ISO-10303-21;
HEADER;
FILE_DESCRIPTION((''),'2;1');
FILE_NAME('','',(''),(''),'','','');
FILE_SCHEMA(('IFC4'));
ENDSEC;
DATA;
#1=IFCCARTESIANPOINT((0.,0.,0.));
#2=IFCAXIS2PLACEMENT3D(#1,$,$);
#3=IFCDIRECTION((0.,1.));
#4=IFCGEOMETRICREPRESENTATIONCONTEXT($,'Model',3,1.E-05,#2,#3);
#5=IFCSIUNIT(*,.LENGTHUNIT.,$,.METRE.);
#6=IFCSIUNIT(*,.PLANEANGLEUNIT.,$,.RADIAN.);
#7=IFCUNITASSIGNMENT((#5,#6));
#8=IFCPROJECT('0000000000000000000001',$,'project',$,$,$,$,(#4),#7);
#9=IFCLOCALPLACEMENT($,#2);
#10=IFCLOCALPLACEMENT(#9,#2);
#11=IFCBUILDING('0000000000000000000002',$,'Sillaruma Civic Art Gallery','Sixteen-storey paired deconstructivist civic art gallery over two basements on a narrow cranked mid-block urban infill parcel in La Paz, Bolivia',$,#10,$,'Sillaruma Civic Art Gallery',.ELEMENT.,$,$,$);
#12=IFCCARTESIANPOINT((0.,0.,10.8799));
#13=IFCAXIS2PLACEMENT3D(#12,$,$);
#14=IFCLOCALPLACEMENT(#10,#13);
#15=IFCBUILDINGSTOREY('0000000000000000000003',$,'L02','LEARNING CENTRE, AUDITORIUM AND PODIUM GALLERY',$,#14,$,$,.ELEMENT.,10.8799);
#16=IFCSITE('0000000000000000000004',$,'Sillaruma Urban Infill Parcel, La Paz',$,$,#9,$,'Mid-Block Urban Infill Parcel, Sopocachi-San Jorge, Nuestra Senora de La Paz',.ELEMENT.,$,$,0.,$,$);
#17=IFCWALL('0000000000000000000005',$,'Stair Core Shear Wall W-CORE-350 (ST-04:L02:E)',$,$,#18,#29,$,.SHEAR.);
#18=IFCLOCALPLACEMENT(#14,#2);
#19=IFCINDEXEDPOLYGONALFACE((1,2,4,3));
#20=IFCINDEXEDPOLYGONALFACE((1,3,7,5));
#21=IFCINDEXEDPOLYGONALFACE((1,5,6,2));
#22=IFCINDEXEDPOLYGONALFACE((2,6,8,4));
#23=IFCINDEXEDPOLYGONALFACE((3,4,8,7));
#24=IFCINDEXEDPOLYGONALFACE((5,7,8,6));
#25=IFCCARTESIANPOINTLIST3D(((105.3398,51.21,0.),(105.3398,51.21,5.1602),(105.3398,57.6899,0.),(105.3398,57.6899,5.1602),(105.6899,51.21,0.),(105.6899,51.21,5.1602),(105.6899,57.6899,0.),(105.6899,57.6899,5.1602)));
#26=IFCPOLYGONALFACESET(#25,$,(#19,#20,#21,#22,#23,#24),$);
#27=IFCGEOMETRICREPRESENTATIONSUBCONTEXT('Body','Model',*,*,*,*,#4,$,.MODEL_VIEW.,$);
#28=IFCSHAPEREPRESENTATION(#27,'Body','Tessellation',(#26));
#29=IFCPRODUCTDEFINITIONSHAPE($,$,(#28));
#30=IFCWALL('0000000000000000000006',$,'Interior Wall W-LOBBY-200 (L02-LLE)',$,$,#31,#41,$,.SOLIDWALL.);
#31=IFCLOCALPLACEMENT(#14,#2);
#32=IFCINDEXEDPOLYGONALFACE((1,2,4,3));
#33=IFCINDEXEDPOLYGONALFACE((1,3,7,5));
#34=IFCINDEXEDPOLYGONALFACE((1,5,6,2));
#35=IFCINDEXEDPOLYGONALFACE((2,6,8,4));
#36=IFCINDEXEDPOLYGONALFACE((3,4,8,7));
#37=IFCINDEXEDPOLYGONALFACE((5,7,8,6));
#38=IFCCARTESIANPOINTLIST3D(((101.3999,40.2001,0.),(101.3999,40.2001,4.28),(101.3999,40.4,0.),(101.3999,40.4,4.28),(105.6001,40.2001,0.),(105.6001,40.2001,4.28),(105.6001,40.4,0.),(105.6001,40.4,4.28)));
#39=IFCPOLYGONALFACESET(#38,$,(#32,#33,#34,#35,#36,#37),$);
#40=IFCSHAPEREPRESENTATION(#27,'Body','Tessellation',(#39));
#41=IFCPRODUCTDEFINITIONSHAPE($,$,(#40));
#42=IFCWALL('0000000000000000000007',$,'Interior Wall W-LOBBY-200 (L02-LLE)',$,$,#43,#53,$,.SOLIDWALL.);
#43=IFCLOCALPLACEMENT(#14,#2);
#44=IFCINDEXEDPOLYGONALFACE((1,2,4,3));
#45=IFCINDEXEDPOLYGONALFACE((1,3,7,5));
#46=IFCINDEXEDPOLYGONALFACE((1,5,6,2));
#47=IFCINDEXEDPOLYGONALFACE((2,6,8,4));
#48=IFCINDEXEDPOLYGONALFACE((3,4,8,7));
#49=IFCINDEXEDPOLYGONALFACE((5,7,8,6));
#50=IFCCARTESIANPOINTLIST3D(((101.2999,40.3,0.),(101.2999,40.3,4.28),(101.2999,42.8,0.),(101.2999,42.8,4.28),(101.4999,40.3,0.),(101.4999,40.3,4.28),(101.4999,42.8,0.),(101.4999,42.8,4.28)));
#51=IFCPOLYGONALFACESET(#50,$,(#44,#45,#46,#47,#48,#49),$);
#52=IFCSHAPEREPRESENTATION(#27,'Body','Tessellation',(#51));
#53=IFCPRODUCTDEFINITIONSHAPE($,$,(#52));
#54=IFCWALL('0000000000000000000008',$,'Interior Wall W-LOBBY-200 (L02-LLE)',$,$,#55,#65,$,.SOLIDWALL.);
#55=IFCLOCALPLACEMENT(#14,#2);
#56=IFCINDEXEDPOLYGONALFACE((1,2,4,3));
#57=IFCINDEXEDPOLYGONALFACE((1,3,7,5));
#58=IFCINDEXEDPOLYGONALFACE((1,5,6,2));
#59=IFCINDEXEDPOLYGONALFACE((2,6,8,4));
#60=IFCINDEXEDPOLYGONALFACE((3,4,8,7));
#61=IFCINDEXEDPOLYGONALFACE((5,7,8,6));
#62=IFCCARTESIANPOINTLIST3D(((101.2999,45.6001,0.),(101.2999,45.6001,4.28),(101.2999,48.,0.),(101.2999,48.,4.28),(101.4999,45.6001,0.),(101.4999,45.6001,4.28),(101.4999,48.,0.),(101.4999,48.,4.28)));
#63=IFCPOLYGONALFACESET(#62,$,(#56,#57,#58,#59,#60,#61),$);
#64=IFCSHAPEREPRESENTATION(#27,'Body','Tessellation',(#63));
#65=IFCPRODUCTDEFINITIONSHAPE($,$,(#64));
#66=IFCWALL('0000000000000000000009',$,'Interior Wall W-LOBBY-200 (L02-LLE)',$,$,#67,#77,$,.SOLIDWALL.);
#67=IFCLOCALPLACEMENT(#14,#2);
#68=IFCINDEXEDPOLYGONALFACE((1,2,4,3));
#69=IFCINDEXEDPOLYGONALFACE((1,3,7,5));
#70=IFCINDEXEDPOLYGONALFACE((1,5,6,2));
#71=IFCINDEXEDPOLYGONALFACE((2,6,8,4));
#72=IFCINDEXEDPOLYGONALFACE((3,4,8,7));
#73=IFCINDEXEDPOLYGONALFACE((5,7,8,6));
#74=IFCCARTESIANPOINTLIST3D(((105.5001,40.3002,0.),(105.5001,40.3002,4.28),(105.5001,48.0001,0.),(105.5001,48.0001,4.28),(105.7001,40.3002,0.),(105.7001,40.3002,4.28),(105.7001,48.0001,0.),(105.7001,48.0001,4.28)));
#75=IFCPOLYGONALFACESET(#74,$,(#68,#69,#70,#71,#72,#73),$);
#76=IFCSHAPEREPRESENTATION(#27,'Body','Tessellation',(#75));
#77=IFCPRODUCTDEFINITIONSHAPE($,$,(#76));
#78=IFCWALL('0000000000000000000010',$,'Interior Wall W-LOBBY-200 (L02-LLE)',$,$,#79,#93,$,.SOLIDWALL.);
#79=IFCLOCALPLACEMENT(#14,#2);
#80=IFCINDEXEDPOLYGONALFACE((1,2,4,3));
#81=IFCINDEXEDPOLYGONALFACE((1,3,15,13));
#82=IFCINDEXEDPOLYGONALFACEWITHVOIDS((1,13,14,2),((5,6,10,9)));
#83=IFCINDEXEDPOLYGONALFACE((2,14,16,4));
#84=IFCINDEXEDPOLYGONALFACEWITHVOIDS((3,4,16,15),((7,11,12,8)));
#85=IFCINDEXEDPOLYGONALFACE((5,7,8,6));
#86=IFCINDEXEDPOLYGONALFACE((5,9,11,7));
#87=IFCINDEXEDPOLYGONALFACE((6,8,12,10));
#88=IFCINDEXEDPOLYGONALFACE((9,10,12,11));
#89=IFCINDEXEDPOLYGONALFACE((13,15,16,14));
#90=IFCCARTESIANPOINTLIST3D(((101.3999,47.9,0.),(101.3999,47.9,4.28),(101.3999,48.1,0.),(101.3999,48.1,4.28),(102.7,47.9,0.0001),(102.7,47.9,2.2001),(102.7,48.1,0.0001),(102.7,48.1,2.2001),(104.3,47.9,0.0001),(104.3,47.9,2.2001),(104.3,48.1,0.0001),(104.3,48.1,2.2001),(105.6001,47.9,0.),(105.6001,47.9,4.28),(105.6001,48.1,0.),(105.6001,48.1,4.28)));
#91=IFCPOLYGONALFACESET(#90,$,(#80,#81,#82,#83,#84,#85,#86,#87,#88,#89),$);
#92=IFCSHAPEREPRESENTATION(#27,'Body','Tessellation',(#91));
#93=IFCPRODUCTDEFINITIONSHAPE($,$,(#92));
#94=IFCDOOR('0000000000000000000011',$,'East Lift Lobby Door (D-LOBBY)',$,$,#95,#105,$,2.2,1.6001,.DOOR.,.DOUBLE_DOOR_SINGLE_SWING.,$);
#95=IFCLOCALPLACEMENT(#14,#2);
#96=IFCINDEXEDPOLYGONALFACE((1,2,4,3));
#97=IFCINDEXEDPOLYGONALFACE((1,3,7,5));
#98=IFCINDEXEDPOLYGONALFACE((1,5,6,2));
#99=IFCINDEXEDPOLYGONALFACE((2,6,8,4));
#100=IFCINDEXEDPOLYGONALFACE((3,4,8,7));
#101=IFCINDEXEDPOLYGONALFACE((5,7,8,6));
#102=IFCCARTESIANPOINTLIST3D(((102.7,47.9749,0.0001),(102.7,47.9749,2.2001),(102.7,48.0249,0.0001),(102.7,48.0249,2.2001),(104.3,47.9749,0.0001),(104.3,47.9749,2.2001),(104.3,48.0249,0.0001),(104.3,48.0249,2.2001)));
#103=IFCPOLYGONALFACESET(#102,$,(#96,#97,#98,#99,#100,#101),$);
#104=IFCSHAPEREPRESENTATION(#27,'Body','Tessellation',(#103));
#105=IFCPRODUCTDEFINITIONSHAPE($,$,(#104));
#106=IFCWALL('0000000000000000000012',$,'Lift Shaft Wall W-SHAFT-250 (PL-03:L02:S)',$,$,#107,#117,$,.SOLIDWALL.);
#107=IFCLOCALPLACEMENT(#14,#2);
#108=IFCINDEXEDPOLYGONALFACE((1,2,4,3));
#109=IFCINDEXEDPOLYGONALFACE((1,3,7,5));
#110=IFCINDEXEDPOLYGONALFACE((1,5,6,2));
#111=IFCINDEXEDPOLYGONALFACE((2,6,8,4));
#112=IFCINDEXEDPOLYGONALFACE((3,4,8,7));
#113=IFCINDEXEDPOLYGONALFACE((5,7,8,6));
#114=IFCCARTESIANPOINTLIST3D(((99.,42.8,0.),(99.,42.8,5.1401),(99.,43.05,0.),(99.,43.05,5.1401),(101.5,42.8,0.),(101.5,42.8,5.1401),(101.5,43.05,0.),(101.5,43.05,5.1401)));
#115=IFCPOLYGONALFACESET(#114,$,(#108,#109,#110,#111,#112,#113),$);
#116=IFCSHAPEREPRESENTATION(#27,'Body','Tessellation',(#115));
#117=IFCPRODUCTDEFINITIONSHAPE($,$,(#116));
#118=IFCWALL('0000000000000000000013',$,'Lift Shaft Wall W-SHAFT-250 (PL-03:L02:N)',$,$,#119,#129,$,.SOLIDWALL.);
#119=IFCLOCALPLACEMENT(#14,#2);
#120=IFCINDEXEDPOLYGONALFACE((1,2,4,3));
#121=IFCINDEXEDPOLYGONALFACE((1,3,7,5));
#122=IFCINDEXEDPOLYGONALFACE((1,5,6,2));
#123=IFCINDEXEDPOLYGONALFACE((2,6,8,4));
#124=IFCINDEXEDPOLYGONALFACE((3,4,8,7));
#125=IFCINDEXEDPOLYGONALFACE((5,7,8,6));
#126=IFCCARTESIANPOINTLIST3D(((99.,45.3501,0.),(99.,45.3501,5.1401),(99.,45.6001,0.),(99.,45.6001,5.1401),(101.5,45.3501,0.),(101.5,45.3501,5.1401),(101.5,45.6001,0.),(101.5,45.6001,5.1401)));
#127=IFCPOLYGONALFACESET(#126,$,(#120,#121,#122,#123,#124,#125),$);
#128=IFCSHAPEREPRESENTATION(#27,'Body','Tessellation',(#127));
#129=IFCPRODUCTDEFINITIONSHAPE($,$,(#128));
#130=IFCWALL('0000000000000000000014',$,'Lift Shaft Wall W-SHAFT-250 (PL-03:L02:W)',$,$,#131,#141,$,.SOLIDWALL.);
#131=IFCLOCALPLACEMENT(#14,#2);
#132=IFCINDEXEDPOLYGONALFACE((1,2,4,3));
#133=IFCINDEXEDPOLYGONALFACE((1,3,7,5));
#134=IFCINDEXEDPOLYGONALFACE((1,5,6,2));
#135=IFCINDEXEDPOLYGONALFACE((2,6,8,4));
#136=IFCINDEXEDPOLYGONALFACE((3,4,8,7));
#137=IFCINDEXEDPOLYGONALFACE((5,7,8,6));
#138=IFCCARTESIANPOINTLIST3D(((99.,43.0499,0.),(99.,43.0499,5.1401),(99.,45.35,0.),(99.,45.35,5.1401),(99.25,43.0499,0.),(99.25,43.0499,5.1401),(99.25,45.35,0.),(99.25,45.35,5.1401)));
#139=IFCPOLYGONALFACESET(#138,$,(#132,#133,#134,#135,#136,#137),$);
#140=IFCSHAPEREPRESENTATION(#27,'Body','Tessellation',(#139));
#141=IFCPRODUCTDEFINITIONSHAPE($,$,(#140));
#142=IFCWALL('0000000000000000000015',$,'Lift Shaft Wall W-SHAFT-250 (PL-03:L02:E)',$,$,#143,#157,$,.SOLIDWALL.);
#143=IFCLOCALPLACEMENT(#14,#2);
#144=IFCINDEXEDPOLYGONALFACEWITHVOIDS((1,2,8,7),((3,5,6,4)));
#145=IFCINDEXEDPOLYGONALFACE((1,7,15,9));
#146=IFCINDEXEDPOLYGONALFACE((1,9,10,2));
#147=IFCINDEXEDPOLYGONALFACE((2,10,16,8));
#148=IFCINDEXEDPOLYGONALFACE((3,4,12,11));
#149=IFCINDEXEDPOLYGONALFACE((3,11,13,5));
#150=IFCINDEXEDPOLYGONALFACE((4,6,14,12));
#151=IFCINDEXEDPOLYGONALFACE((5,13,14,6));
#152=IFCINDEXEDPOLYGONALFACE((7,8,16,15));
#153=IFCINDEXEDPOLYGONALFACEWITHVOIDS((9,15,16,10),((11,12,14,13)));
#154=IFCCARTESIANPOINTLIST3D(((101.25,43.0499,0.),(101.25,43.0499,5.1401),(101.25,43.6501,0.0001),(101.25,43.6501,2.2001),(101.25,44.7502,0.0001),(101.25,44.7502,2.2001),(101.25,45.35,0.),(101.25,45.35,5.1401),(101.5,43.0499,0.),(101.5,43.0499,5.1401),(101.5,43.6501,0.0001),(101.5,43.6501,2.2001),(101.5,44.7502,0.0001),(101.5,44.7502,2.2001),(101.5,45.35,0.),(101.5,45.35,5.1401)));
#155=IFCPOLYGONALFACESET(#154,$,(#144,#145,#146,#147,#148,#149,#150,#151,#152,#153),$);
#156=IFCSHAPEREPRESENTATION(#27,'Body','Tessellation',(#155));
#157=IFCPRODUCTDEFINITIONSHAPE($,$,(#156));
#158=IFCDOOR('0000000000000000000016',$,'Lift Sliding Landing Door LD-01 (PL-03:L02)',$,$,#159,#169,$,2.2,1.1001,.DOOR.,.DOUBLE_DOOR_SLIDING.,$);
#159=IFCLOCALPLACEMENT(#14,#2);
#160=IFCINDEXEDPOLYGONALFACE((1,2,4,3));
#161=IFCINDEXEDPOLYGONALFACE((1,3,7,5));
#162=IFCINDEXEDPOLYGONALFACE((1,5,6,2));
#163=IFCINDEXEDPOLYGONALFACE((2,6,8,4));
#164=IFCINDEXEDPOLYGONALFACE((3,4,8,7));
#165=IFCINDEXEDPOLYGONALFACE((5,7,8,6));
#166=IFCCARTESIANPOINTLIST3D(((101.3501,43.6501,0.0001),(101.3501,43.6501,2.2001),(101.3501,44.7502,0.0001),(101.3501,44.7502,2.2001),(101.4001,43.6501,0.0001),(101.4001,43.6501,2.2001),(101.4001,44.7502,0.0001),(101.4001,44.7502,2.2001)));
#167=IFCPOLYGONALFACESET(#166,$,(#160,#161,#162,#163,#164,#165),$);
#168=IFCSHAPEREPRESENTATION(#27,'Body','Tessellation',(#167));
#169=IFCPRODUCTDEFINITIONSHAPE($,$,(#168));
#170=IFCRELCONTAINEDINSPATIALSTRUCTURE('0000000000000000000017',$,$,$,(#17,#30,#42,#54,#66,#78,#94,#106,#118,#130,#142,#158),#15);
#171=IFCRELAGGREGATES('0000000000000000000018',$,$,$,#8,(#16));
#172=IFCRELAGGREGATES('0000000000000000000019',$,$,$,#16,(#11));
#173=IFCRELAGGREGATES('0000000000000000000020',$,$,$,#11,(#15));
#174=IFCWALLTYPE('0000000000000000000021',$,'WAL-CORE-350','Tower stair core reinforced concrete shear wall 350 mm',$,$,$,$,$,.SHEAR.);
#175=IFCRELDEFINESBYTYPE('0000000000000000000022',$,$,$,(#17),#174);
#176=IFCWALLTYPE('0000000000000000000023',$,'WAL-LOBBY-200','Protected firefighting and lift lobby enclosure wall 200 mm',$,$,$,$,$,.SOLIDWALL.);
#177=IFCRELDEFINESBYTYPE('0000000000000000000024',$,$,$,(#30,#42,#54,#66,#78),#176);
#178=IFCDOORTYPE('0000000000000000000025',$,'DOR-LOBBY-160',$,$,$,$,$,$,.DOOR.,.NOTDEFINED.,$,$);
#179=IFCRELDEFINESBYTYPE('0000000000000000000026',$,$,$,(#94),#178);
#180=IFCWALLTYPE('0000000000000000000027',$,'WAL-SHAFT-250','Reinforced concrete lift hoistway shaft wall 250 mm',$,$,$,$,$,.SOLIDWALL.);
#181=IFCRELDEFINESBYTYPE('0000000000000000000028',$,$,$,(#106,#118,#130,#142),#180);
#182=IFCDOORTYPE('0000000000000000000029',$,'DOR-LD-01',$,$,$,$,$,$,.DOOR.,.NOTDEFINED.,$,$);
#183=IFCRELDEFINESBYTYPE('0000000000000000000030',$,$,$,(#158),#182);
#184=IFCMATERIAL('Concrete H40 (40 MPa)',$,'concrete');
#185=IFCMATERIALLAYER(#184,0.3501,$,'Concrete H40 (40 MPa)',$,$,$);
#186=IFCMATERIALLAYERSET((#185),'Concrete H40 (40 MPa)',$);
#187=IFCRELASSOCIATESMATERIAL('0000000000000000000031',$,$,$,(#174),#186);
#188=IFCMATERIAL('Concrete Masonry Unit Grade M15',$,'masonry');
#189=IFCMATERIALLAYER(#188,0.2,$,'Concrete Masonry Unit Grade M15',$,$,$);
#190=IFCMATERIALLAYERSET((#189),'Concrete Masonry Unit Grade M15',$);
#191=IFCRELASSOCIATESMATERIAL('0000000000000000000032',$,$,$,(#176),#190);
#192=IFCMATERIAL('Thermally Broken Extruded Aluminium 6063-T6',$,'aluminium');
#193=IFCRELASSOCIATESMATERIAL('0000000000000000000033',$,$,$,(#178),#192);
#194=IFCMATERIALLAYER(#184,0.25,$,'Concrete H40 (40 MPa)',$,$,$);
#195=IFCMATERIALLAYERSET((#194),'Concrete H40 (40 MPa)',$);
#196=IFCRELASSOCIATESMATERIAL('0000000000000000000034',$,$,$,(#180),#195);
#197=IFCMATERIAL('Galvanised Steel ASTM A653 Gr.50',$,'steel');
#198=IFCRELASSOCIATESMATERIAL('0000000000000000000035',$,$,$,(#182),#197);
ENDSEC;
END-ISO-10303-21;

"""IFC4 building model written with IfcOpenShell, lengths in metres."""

from ifc_helpers import new_model, si_unit, direction, frame, frame_2d, origin, place, context, subcontext, project, spatial, rectangle, extrude, material, layer, layer_set, type_object, element, fill, save


model = new_model("IFC4")

# Units and contexts
model_context = context("Model", 3, precision=1e-05, world=origin(), true_north=direction((0.0, 1.0)))
body_context = subcontext(model_context, "Body", "Model", "MODEL_VIEW")
ifc_project = project(units=[si_unit("LENGTHUNIT", "METRE"), si_unit("PLANEANGLEUNIT", "RADIAN")], contexts=[model_context])

# Site, building, storey
site_placement = place(None, origin())
site = spatial("IfcSite", under=ifc_project, at=site_placement, Name="Sillaruma Urban Infill Parcel, La Paz", LongName="Mid-Block Urban Infill Parcel, Sopocachi-San Jorge, Nuestra Senora de La Paz", CompositionType="ELEMENT", RefElevation=0.0)
building_placement = place(site_placement, origin())
building = spatial("IfcBuilding", under=site, at=building_placement, Name="Sillaruma Civic Art Gallery", Description="Sixteen-storey paired deconstructivist civic art gallery over two basements on a narrow cranked mid-block urban infill parcel in La Paz, Bolivia", LongName="Sillaruma Civic Art Gallery", CompositionType="ELEMENT")
storey_placement = place(building_placement, frame((0.0, 0.0, 10.8799)))
storey = spatial("IfcBuildingStorey", under=building, at=storey_placement, Name="L02", Description="LEARNING CENTRE, AUDITORIUM AND PODIUM GALLERY", CompositionType="ELEMENT", Elevation=10.8799)

# Shared definitions
ifc_material_1 = material(Name="Concrete H40 (40 MPa)", Category="concrete")

# Shared definitions
ifc_layer_1 = layer(ifc_material_1, 0.3501, Name="Concrete H40 (40 MPa)")
ifc_layer_set_1 = layer_set([ifc_layer_1], Name="Concrete H40 (40 MPa)")
wall_type_1 = type_object("IfcWallType", Name="WAL-CORE-350", Description="Tower stair core reinforced concrete shear wall 350 mm", PredefinedType="SHEAR", material=ifc_layer_set_1)
ifc_material_2 = material(Name="Galvanised Steel ASTM A653 Gr.50", Category="steel")

# Walls
for number, where, z_axis, x_axis, name in (
    (1, (105.5149, 51.21, 0.0), (0.0, 0.0, 1.0), (0.0, 1.0, 0.0), "Stair Core Shear Wall W-CORE-350 (ST-04:L02:E)"),
):
    element("IfcWall", number, at=place(storey_placement, frame(where, z_axis=z_axis, x_axis=x_axis)), inside=storey, type_object=wall_type_1, Name=name, PredefinedType="SHEAR", context=body_context, shape_type="SweptSolid", body=[
        extrude(rectangle(XDim=6.48, YDim=0.3501, at=frame_2d((3.24, 0.0))), origin(), (0.0, 0.0, 1.0), 5.1602),
    ])
ifc_material_3 = material(Name="Concrete Masonry Unit Grade M15", Category="masonry")
ifc_layer_2 = layer(ifc_material_3, 0.2, Name="Concrete Masonry Unit Grade M15")
ifc_layer_set_2 = layer_set([ifc_layer_2], Name="Concrete Masonry Unit Grade M15")
wall_type_2 = type_object("IfcWallType", Name="WAL-LOBBY-200", Description="Protected firefighting and lift lobby enclosure wall 200 mm", PredefinedType="SOLIDWALL", material=ifc_layer_set_2)
wall_1_placement = place(storey_placement, frame((101.3999, 40.3, 0.0), z_axis=(0.0, 0.0, 1.0), x_axis=(1.0, 0.0, 0.0)))
element("IfcWall", 2, at=wall_1_placement, inside=storey, type_object=wall_type_2, Name="Interior Wall W-LOBBY-200 (L02-LLE)", PredefinedType="SOLIDWALL", context=body_context, shape_type="SweptSolid", body=[
    extrude(rectangle(XDim=4.2002, YDim=0.2, at=frame_2d((2.1001, 0.0))), origin(), (0.0, 0.0, 1.0), 4.28),
])
wall_2_placement = place(storey_placement, frame((101.3999, 40.3, 0.0), z_axis=(0.0, 0.0, 1.0), x_axis=(0.0, 1.0, 0.0)))
element("IfcWall", 3, at=wall_2_placement, inside=storey, type_object=wall_type_2, Name="Interior Wall W-LOBBY-200 (L02-LLE)", PredefinedType="SOLIDWALL", context=body_context, shape_type="SweptSolid", body=[
    extrude(rectangle(XDim=2.5, YDim=0.2, at=frame_2d((1.25, 0.0))), origin(), (0.0, 0.0, 1.0), 4.28),
])
wall_3_placement = place(storey_placement, frame((101.3999, 45.6001, 0.0), z_axis=(0.0, 0.0, 1.0), x_axis=(0.0, 1.0, 0.0)))
element("IfcWall", 4, at=wall_3_placement, inside=storey, type_object=wall_type_2, Name="Interior Wall W-LOBBY-200 (L02-LLE)", PredefinedType="SOLIDWALL", context=body_context, shape_type="SweptSolid", body=[
    extrude(rectangle(XDim=2.3999, YDim=0.2, at=frame_2d((1.2, 0.0))), origin(), (0.0, 0.0, 1.0), 4.28),
])
wall_4_placement = place(storey_placement, frame((105.6001, 40.3, 0.0), z_axis=(0.0, 0.0, 1.0), x_axis=(0.0, 1.0, 0.0)))
element("IfcWall", 5, at=wall_4_placement, inside=storey, type_object=wall_type_2, Name="Interior Wall W-LOBBY-200 (L02-LLE)", PredefinedType="SOLIDWALL", context=body_context, shape_type="SweptSolid", body=[
    extrude(rectangle(XDim=7.7, YDim=0.2, at=frame_2d((3.8501, 0.0))), origin(), (0.0, 0.0, 1.0), 4.28),
])

# Wall, opening, door
wall_5_placement = place(storey_placement, frame((101.3999, 48.0, 0.0), z_axis=(0.0, 0.0, 1.0), x_axis=(1.0, 0.0, 0.0)))
wall_5 = element("IfcWall", 6, at=wall_5_placement, inside=storey, type_object=wall_type_2, Name="Interior Wall W-LOBBY-200 (L02-LLE)", PredefinedType="SOLIDWALL", context=body_context, shape_type="SweptSolid", body=[
    extrude(rectangle(XDim=4.2002, YDim=0.2, at=frame_2d((2.1001, 0.0))), origin(), (0.0, 0.0, 1.0), 4.28),
])
opening_1_placement = place(wall_5_placement, frame((1.3, 0.0, 0.0)))
opening_1 = element("IfcOpeningElement", 7, at=opening_1_placement, cuts=wall_5, PredefinedType="OPENING", context=body_context, shape_type="SweptSolid", body=[
    extrude(rectangle(XDim=1.6001, YDim=2.2, at=frame_2d((0.8, 1.1001))), frame((0.0, 0.1099, 0.0), z_axis=(0.0, -1.0, 0.0), x_axis=(1.0, 0.0, 0.0)), (0.0, 0.0, 1.0), 0.22),
])
ifc_material_4 = material(Name="Thermally Broken Extruded Aluminium 6063-T6", Category="aluminium")
door_type_1 = type_object("IfcDoorType", Name="DOR-LOBBY-160", OperationType="NOTDEFINED", PredefinedType="DOOR", material=ifc_material_4)
door_1_placement = place(opening_1_placement, origin())
door_1 = element("IfcDoor", 8, at=door_1_placement, inside=storey, type_object=door_type_1, Name="East Lift Lobby Door (D-LOBBY)", OperationType="DOUBLE_DOOR_SINGLE_SWING", OverallHeight=2.2, OverallWidth=1.6001, PredefinedType="DOOR", context=body_context, shape_type="SweptSolid", body=[
    extrude(rectangle(XDim=1.6001, YDim=2.2, at=frame_2d((0.8, 1.1001))), frame((0.0, 0.0249, 0.0), z_axis=(0.0, -1.0, 0.0), x_axis=(1.0, 0.0, 0.0)), (0.0, 0.0, 1.0), 0.05),
])
fill(opening_1, door_1)

# Walls
ifc_layer_3 = layer(ifc_material_1, 0.25, Name="Concrete H40 (40 MPa)")
ifc_layer_set_3 = layer_set([ifc_layer_3], Name="Concrete H40 (40 MPa)")
wall_type_3 = type_object("IfcWallType", Name="WAL-SHAFT-250", Description="Reinforced concrete lift hoistway shaft wall 250 mm", PredefinedType="SOLIDWALL", material=ifc_layer_set_3)
for number, where, z_axis, x_axis, name in (
    (9, (99.0, 42.925, 0.0), (0.0, 0.0, 1.0), (1.0, 0.0, 0.0), "Lift Shaft Wall W-SHAFT-250 (PL-03:L02:S)"),
    (10, (99.0, 45.4751, 0.0), (0.0, 0.0, 1.0), (1.0, 0.0, 0.0), "Lift Shaft Wall W-SHAFT-250 (PL-03:L02:N)"),
):
    element("IfcWall", number, at=place(storey_placement, frame(where, z_axis=z_axis, x_axis=x_axis)), inside=storey, type_object=wall_type_3, Name=name, PredefinedType="SOLIDWALL", context=body_context, shape_type="SweptSolid", body=[
        extrude(rectangle(XDim=2.5, YDim=0.25, at=frame_2d((1.25, 0.0))), origin(), (0.0, 0.0, 1.0), 5.1401),
    ])
wall_6_placement = place(storey_placement, frame((99.125, 43.05, 0.0), z_axis=(0.0, 0.0, 1.0), x_axis=(0.0, 1.0, 0.0)))
element("IfcWall", 11, at=wall_6_placement, inside=storey, type_object=wall_type_3, Name="Lift Shaft Wall W-SHAFT-250 (PL-03:L02:W)", PredefinedType="SOLIDWALL", context=body_context, shape_type="SweptSolid", body=[
    extrude(rectangle(XDim=2.3, YDim=0.25, at=frame_2d((1.1499, 0.0))), origin(), (0.0, 0.0, 1.0), 5.1401),
])

# Wall, opening, door
wall_7_placement = place(storey_placement, frame((101.375, 43.05, 0.0), z_axis=(0.0, 0.0, 1.0), x_axis=(0.0, 1.0, 0.0)))
wall_7 = element("IfcWall", 12, at=wall_7_placement, inside=storey, type_object=wall_type_3, Name="Lift Shaft Wall W-SHAFT-250 (PL-03:L02:E)", PredefinedType="SOLIDWALL", context=body_context, shape_type="SweptSolid", body=[
    extrude(rectangle(XDim=2.3, YDim=0.25, at=frame_2d((1.1499, 0.0))), origin(), (0.0, 0.0, 1.0), 5.1401),
])
opening_2_placement = place(wall_7_placement, frame((0.6001, 0.0, 0.0)))
opening_2 = element("IfcOpeningElement", 13, at=opening_2_placement, cuts=wall_7, PredefinedType="OPENING", context=body_context, shape_type="SweptSolid", body=[
    extrude(rectangle(XDim=1.1001, YDim=2.2, at=frame_2d((0.55, 1.1001))), frame((0.0, 0.135, 0.0), z_axis=(0.0, -1.0, 0.0), x_axis=(1.0, 0.0, 0.0)), (0.0, 0.0, 1.0), 0.27),
])
door_type_2 = type_object("IfcDoorType", Name="DOR-LD-01", OperationType="NOTDEFINED", PredefinedType="DOOR", material=ifc_material_2)
door_2_placement = place(opening_2_placement, origin())
door_2 = element("IfcDoor", 14, at=door_2_placement, inside=storey, type_object=door_type_2, Name="Lift Sliding Landing Door LD-01 (PL-03:L02)", OperationType="DOUBLE_DOOR_SLIDING", OverallHeight=2.2, OverallWidth=1.1001, PredefinedType="DOOR", context=body_context, shape_type="SweptSolid", body=[
    extrude(rectangle(XDim=1.1001, YDim=2.2, at=frame_2d((0.55, 1.1001))), frame((0.0, 0.0249, 0.0), z_axis=(0.0, -1.0, 0.0), x_axis=(1.0, 0.0, 0.0)), (0.0, 0.0, 1.0), 0.05),
])
fill(opening_2, door_2)

save(model, "model.ifc")
